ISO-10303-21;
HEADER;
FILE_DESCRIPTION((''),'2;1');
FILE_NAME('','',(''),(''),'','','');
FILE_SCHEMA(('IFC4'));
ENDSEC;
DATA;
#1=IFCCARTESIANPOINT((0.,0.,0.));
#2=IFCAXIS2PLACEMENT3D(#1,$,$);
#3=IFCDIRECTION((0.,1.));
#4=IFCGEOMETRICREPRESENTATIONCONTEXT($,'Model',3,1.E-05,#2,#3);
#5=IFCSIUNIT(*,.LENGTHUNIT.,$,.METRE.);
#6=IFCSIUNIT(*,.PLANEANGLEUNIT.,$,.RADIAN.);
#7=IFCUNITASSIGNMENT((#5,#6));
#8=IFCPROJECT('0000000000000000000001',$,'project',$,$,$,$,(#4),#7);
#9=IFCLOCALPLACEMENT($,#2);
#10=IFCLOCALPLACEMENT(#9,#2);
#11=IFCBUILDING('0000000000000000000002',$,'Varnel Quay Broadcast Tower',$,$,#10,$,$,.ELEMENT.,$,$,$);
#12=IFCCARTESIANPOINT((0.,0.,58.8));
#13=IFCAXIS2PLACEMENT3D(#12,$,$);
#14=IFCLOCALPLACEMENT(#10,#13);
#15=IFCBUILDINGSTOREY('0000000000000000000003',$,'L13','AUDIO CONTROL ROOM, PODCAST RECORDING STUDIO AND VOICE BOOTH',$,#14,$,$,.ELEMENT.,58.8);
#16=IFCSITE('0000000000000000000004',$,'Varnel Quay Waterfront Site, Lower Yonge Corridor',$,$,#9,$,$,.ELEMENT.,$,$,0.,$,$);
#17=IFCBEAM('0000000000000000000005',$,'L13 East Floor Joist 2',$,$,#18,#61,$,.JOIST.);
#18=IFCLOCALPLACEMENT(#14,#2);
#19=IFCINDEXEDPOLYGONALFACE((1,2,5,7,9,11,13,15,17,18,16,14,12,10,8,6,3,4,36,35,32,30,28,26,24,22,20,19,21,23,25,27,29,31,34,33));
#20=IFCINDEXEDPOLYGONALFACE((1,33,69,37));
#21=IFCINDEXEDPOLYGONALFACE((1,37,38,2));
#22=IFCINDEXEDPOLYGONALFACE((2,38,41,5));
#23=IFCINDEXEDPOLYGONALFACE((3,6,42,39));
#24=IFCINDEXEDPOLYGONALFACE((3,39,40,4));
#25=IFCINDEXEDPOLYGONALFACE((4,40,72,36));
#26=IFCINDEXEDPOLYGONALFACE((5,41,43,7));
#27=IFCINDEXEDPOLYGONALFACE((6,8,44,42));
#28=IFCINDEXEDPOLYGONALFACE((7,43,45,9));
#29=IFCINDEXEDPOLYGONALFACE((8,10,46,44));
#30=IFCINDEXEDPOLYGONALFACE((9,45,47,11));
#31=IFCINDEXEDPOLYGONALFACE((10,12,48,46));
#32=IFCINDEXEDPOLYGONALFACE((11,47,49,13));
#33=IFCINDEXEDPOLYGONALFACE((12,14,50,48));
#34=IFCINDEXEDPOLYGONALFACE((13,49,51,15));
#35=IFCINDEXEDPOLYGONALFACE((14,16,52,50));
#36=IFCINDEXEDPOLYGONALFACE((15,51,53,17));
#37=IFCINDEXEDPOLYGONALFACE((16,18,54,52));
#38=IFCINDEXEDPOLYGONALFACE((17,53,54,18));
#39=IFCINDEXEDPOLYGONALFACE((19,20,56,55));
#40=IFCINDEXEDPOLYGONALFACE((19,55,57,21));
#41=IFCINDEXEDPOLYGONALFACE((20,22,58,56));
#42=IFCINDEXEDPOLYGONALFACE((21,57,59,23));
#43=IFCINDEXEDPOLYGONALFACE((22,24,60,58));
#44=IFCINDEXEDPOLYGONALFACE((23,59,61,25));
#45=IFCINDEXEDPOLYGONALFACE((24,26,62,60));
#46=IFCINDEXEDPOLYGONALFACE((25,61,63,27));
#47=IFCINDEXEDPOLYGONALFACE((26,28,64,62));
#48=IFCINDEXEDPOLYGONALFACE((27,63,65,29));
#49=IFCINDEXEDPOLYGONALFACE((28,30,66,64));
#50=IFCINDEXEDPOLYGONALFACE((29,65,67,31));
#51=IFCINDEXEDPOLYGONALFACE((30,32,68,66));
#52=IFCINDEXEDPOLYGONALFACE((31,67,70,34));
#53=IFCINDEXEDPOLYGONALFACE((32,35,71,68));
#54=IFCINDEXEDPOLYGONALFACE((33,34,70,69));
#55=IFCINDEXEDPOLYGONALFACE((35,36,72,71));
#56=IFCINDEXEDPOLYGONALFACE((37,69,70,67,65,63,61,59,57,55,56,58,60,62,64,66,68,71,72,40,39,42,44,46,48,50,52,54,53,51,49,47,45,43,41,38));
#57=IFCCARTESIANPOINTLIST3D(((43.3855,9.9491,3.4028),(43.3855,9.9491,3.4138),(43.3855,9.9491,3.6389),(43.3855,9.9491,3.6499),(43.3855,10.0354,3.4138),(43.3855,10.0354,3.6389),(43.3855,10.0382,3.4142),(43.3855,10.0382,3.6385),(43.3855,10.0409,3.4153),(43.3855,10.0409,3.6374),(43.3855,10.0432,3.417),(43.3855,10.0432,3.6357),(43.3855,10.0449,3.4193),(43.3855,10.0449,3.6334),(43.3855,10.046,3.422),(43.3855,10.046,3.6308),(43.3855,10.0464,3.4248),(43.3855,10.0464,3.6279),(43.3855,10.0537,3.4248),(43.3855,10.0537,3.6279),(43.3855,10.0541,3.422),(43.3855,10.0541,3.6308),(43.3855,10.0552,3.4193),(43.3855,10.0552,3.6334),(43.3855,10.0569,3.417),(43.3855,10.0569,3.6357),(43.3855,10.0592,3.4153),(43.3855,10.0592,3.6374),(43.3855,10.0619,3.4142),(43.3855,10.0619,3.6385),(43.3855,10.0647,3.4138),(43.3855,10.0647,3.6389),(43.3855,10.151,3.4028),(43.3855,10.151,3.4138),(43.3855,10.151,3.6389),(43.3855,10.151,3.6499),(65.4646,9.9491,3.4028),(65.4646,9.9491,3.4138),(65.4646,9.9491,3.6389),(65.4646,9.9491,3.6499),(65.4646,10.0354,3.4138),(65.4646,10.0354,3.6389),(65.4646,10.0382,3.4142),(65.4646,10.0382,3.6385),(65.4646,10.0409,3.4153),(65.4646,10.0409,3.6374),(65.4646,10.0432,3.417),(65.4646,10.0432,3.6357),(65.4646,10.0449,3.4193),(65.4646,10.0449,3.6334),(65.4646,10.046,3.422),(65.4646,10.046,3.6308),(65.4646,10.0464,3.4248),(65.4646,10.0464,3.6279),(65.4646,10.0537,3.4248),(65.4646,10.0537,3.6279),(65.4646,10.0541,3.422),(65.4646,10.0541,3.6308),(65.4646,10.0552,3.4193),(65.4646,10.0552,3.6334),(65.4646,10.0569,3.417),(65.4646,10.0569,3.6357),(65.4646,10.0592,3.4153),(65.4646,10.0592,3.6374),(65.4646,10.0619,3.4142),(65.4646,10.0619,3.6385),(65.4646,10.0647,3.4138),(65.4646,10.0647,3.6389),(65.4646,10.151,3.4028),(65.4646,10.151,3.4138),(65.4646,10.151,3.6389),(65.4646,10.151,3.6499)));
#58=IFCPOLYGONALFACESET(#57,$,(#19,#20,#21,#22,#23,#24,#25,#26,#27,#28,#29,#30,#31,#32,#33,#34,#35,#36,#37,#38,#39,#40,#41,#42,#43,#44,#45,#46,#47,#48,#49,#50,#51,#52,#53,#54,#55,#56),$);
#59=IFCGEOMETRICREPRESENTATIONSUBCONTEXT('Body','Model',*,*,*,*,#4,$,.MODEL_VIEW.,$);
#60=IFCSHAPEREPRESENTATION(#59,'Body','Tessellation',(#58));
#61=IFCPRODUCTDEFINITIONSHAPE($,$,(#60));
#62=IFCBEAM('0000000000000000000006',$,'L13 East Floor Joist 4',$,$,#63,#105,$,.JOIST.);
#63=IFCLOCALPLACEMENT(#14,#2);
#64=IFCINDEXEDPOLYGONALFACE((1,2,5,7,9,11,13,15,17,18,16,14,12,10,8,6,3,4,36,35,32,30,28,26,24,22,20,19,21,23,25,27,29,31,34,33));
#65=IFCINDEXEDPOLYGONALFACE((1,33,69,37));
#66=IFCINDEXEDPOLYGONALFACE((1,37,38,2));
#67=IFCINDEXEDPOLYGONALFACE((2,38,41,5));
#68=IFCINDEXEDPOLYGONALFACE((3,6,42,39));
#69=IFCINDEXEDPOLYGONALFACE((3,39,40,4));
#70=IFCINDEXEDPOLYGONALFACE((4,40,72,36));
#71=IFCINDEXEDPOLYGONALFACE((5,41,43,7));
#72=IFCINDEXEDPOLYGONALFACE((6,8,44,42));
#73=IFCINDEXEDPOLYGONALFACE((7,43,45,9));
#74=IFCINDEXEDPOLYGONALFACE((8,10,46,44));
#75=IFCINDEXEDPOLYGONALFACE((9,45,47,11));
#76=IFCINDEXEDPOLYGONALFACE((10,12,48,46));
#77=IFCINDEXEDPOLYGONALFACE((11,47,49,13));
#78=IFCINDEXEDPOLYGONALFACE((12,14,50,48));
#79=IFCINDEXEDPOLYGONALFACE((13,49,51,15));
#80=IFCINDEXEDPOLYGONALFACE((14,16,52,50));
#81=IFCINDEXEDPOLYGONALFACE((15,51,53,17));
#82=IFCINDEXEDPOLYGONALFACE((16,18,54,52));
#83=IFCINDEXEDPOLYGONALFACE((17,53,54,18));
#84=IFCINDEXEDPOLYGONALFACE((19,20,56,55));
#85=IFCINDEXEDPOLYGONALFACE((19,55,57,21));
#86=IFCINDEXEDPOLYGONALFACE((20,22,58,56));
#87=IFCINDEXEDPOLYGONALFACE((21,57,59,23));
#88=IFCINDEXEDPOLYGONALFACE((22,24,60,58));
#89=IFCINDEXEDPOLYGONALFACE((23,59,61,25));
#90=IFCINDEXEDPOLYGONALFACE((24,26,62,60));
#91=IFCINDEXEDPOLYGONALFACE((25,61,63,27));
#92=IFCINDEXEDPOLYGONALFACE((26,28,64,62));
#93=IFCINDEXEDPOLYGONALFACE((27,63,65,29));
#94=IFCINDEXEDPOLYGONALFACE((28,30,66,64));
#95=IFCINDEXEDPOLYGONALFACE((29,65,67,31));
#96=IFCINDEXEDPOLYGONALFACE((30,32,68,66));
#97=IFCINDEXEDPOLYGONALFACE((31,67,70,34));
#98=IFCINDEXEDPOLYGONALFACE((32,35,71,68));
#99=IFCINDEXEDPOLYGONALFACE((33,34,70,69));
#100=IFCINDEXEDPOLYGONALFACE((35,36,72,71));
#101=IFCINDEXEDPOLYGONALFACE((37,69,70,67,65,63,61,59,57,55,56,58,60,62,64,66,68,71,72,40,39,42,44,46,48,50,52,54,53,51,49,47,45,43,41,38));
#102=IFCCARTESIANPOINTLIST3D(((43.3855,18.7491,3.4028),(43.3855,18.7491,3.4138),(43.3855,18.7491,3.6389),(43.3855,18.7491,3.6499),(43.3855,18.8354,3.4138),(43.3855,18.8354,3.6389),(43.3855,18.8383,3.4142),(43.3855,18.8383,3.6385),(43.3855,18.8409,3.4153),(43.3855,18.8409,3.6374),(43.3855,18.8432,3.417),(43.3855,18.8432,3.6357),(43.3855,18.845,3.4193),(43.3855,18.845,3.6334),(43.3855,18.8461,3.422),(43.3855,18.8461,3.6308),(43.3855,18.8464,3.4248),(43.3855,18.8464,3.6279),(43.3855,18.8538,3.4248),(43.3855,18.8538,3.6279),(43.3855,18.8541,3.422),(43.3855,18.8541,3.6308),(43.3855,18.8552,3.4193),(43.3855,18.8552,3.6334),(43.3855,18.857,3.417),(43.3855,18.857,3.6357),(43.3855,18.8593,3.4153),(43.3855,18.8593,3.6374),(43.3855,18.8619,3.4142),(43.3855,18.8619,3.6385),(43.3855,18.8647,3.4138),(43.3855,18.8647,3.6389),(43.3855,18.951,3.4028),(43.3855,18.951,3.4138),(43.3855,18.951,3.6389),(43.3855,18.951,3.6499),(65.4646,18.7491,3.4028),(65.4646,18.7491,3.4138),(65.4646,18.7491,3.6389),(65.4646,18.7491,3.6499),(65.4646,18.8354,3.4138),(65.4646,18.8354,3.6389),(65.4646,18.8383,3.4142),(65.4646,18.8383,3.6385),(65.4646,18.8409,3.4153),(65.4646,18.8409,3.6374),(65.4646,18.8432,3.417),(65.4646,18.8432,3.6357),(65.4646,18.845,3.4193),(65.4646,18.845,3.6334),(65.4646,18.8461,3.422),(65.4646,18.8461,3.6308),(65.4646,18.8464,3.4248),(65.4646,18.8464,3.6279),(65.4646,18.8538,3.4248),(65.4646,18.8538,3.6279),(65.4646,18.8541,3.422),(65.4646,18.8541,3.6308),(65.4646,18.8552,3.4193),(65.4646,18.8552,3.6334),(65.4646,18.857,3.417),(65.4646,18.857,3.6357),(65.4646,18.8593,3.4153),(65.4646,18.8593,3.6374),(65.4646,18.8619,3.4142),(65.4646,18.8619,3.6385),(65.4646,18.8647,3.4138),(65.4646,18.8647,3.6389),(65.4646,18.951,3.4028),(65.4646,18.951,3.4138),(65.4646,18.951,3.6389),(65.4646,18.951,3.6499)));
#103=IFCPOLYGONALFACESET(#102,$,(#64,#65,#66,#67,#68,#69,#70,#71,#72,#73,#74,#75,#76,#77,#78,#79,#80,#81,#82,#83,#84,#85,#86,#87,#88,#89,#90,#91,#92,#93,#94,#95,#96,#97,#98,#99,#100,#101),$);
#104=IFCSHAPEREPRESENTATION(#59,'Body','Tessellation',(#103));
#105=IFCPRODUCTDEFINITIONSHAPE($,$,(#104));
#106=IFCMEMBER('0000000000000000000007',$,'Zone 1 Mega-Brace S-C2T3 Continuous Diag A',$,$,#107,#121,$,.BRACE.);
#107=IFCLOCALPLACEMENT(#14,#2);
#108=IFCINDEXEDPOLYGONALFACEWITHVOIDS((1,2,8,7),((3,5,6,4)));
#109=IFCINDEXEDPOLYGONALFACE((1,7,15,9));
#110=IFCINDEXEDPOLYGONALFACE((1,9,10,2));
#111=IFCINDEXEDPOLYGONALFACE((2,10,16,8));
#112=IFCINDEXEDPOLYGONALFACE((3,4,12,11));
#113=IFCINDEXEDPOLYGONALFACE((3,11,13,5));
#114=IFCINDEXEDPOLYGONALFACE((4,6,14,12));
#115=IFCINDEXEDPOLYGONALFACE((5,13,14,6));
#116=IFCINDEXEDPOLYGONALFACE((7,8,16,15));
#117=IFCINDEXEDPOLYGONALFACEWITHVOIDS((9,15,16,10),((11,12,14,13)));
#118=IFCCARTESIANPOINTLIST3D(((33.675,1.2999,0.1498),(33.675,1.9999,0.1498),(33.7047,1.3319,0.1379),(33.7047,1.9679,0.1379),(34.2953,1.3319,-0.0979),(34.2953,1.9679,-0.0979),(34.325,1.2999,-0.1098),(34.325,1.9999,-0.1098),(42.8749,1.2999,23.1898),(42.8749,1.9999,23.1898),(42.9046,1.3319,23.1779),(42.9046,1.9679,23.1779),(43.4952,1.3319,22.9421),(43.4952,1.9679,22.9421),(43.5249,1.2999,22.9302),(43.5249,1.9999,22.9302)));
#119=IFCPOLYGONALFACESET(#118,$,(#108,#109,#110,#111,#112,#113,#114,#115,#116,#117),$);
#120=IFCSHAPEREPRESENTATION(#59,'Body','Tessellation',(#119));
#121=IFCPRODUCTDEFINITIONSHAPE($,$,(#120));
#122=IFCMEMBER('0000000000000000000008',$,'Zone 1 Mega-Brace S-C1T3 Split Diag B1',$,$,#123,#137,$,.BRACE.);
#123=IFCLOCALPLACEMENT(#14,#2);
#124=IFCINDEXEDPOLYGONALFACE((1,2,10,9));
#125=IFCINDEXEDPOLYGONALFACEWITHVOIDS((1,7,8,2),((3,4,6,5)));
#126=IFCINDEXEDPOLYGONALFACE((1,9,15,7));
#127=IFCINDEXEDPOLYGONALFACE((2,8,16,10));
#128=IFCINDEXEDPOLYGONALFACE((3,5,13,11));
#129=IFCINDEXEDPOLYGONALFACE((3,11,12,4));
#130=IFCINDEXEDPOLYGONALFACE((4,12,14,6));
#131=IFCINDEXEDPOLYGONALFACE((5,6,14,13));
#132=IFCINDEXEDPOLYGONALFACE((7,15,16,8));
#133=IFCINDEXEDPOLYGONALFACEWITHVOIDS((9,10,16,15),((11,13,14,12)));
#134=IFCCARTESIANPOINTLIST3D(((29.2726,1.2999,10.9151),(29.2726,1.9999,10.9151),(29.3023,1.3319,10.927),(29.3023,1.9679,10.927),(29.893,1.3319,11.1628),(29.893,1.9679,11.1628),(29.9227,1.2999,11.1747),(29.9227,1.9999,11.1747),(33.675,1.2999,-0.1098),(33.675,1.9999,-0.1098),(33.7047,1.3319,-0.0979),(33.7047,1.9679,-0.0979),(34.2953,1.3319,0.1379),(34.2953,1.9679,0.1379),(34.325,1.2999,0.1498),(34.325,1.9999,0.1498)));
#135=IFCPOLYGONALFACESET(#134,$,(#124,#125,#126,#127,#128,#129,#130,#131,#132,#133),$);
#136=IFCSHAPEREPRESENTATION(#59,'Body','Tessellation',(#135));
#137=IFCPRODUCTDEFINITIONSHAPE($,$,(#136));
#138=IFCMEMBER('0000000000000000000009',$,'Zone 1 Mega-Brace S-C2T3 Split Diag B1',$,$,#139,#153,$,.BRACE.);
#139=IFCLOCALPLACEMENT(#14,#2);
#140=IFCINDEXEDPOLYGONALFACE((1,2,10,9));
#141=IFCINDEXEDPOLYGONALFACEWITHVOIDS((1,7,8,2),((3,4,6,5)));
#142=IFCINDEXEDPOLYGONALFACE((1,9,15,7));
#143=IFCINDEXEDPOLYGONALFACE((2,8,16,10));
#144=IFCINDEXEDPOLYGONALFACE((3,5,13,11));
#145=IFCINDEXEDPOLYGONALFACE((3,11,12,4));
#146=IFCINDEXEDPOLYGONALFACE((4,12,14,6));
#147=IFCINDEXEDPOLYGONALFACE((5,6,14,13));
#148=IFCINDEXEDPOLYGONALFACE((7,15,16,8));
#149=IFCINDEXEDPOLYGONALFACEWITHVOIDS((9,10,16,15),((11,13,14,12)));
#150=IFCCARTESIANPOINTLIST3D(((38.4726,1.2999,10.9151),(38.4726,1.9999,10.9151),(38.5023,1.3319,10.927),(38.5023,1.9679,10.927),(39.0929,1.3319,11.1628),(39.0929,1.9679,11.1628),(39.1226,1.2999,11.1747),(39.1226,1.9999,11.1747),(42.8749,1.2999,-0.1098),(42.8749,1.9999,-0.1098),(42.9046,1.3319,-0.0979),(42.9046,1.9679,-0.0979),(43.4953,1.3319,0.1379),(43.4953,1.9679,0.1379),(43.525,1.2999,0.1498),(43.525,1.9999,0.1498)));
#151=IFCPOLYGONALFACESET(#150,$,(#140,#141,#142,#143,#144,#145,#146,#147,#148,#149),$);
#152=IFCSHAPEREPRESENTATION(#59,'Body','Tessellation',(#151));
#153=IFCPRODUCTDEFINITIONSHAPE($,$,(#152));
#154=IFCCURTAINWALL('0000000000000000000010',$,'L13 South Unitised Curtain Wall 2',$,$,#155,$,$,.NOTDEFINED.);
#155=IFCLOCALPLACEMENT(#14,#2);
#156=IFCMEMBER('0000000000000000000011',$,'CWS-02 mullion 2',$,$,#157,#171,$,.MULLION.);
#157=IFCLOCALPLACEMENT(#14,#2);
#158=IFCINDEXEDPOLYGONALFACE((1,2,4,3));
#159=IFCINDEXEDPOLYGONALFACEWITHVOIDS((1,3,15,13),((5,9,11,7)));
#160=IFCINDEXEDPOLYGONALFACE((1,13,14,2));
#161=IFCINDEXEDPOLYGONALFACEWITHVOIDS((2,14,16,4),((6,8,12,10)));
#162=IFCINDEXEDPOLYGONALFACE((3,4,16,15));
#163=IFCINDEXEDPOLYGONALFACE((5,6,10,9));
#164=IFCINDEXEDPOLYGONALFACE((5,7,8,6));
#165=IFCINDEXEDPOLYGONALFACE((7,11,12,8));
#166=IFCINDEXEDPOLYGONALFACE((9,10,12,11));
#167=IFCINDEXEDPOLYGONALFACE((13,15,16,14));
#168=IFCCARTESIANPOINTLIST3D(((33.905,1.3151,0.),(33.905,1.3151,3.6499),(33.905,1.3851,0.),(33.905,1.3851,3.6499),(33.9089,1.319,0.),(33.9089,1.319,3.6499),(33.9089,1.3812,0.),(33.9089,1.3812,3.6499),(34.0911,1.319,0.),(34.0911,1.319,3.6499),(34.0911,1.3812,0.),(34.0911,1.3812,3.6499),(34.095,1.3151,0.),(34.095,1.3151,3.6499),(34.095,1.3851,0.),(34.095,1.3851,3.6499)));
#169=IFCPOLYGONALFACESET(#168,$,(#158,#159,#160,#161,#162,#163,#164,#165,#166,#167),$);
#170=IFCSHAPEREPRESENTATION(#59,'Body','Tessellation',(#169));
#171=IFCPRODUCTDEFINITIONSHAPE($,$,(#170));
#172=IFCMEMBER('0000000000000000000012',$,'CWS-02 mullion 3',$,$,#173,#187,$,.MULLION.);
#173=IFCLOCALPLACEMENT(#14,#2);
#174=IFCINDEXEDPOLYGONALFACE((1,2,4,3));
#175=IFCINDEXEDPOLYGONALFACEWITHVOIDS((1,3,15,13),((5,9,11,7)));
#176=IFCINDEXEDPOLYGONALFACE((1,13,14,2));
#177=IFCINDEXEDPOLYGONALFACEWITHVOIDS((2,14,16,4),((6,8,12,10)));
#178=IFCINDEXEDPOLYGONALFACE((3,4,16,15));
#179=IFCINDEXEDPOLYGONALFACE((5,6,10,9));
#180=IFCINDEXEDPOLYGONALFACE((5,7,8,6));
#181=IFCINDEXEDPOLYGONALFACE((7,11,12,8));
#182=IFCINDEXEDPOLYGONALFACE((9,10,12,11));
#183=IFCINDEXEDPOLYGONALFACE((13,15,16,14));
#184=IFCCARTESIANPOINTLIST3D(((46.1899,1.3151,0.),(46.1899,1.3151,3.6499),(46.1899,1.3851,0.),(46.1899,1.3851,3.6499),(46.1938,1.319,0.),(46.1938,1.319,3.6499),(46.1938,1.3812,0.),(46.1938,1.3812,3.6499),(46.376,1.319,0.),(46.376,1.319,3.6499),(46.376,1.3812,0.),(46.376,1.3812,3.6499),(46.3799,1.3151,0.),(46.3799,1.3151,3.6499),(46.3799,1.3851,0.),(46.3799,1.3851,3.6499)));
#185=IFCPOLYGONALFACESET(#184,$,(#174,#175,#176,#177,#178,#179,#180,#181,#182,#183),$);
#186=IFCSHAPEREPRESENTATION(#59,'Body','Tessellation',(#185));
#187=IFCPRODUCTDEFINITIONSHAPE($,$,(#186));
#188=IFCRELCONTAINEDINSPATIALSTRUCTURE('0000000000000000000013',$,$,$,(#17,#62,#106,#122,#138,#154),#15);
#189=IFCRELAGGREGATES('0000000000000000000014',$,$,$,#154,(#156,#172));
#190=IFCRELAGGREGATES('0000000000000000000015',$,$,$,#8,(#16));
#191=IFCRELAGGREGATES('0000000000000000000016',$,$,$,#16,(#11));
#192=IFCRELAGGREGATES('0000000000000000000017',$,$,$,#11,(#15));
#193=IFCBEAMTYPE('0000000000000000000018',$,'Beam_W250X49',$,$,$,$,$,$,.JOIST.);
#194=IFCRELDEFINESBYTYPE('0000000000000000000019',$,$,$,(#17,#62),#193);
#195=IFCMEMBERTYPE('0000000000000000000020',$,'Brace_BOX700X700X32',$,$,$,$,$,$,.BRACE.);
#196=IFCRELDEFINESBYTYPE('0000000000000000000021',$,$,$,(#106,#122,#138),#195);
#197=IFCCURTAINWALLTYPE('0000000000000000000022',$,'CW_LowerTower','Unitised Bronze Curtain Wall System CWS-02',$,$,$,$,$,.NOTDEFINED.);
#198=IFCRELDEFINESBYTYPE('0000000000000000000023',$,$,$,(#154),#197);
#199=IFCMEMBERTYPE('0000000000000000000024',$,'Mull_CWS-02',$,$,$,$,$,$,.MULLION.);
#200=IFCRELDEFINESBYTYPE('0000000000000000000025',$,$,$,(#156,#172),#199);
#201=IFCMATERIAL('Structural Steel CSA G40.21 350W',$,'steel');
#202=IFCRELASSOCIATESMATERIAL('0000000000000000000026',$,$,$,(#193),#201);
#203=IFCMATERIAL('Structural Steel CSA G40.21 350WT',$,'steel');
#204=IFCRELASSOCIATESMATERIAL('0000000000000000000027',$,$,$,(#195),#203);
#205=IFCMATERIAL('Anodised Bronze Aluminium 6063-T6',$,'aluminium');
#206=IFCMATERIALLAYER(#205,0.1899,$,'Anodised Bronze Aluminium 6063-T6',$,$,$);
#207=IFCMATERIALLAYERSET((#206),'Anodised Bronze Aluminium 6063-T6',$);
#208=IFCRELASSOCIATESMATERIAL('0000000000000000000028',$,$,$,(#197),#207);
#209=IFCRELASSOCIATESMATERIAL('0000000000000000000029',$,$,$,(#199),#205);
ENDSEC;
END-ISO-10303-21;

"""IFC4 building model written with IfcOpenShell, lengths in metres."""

from ifc_helpers import new_model, si_unit, direction, frame, origin, origin_2d, place, context, subcontext, project, spatial, hollow_rectangle, i_section, extrude, source, transform, mapped, material, layer, layer_set, material_profile, profile_set, type_object, type_shapes, element, aggregate, save


model = new_model("IFC4")

# Units and contexts
model_context = context("Model", 3, precision=1e-05, world=origin(), true_north=direction((0.0, 1.0)))
body_context = subcontext(model_context, "Body", "Model", "MODEL_VIEW")
ifc_project = project(units=[si_unit("LENGTHUNIT", "METRE"), si_unit("PLANEANGLEUNIT", "RADIAN")], contexts=[model_context])

# Site, building, storey
site_placement = place(None, origin())
site = spatial("IfcSite", under=ifc_project, at=site_placement, Name="Varnel Quay Waterfront Site, Lower Yonge Corridor", CompositionType="ELEMENT", RefElevation=0.0)
building_placement = place(site_placement, origin())
building = spatial("IfcBuilding", under=site, at=building_placement, Name="Varnel Quay Broadcast Tower", CompositionType="ELEMENT")
storey_placement = place(building_placement, frame((0.0, 0.0, 58.8)))
storey = spatial("IfcBuildingStorey", under=building, at=storey_placement, Name="L13", Description="AUDIO CONTROL ROOM, PODCAST RECORDING STUDIO AND VOICE BOOTH", CompositionType="ELEMENT", Elevation=58.8)

# Shared definitions
ifc_material_1 = material(Name="Structural Steel CSA G40.21 350W", Category="steel")

# Beams
ifc_material_profile_1 = material_profile(ifc_material_1, i_section(OverallWidth=0.2019, OverallDepth=0.2471, WebThickness=0.0073, FlangeThickness=0.011, FilletRadius=0.011, at=origin_2d()), Name="W250X49")
ifc_profile_set_1 = profile_set([ifc_material_profile_1], Name="Structural Steel CSA G40.21 350W")
beam_type_1 = type_object("IfcBeamType", Name="Beam_W250X49", PredefinedType="JOIST", material=ifc_profile_set_1)
shared_shape_1 = source(origin(), body_context, "Body", "SweptSolid", [
    extrude(i_section(OverallWidth=0.2019, OverallDepth=0.2471, WebThickness=0.0073, FlangeThickness=0.011, FilletRadius=0.011, at=origin_2d()), origin(), (0.0, 0.0, 1.0), 22.0791),
])
type_shapes(beam_type_1, [shared_shape_1])
for number, where, z_axis, x_axis, name in (
    (1, (43.3855, 10.05, 3.5264), (1.0, 0.0, 0.0), (0.0, 1.0, 0.0), "L13 East Floor Joist 2"),
    (2, (43.3855, 18.8501, 3.5264), (1.0, 0.0, 0.0), (0.0, 1.0, 0.0), "L13 East Floor Joist 4"),
):
    element("IfcBeam", number, at=place(storey_placement, frame(where, z_axis=z_axis, x_axis=x_axis)), inside=storey, type_object=beam_type_1, Name=name, PredefinedType="JOIST", context=body_context, shape_type="MappedRepresentation", body=[
        mapped(shared_shape_1, transform((0.0, 0.0, 0.0), x_axis=(1.0, 0.0, 0.0), y_axis=(0.0, 1.0, 0.0), z_axis=(0.0, 0.0, 1.0), scale=1.0)),
    ])

# Members
ifc_material_2 = material(Name="Structural Steel CSA G40.21 350WT", Category="steel")
ifc_material_profile_2 = material_profile(ifc_material_2, hollow_rectangle(XDim=0.7, YDim=0.7, WallThickness=0.032, at=origin_2d()), Name="BOX700X700X32")
ifc_profile_set_2 = profile_set([ifc_material_profile_2], Name="Structural Steel CSA G40.21 350WT")
member_type_1 = type_object("IfcMemberType", Name="Brace_BOX700X700X32", PredefinedType="BRACE", material=ifc_profile_set_2)
shared_shape_2 = source(origin(), body_context, "Body", "SweptSolid", [
    extrude(hollow_rectangle(XDim=0.7, YDim=0.7, WallThickness=0.032, at=origin_2d()), origin(), (0.0, 0.0, 1.0), 24.8088),
])
member_1_placement = place(storey_placement, frame((34.0, 1.6499, 0.02), z_axis=(0.370832, 0.0, 0.9287), x_axis=(0.0, 1.0, 0.0)))
element("IfcMember", 3, at=member_1_placement, inside=storey, type_object=member_type_1, Name="Zone 1 Mega-Brace S-C2T3 Continuous Diag A", PredefinedType="BRACE", context=body_context, shape_type="MappedRepresentation", body=[
    mapped(shared_shape_2, transform((0.0, 0.0, 0.0), x_axis=(1.0, 0.0, 0.0), y_axis=(0.0, 1.0, 0.0), z_axis=(0.0, 0.0, 1.0), scale=1.0)),
])
shared_shape_3 = source(origin(), body_context, "Body", "SweptSolid", [
    extrude(hollow_rectangle(XDim=0.7, YDim=0.7, WallThickness=0.032, at=origin_2d()), origin(), (0.0, 0.0, 1.0), 11.8713),
])
type_shapes(member_type_1, [shared_shape_2, shared_shape_3])
for number, where, z_axis, x_axis, name in (
    (4, (34.0, 1.6499, 0.02), (-0.370837, 0.0, 0.928698), (0.0, -1.0, 0.0), "Zone 1 Mega-Brace S-C1T3 Split Diag B1"),
    (5, (43.2, 1.6499, 0.02), (-0.370837, 0.0, 0.928698), (0.0, -1.0, 0.0), "Zone 1 Mega-Brace S-C2T3 Split Diag B1"),
):
    element("IfcMember", number, at=place(storey_placement, frame(where, z_axis=z_axis, x_axis=x_axis)), inside=storey, type_object=member_type_1, Name=name, PredefinedType="BRACE", context=body_context, shape_type="MappedRepresentation", body=[
        mapped(shared_shape_3, transform((0.0, 0.0, 0.0), x_axis=(1.0, 0.0, 0.0), y_axis=(0.0, 1.0, 0.0), z_axis=(0.0, 0.0, 1.0), scale=1.0)),
    ])

# Curtain wall, members
ifc_material_3 = material(Name="Anodised Bronze Aluminium 6063-T6", Category="aluminium")
ifc_layer_1 = layer(ifc_material_3, 0.1899, Name="Anodised Bronze Aluminium 6063-T6")
ifc_layer_set_1 = layer_set([ifc_layer_1], Name="Anodised Bronze Aluminium 6063-T6")
curtain_wall_type = type_object("IfcCurtainWallType", Name="CW_LowerTower", Description="Unitised Bronze Curtain Wall System CWS-02", PredefinedType="NOTDEFINED", material=ifc_layer_set_1)
curtain_wall_placement = place(storey_placement, origin())
curtain_wall = element("IfcCurtainWall", 6, at=curtain_wall_placement, inside=storey, type_object=curtain_wall_type, Name="L13 South Unitised Curtain Wall 2", PredefinedType="NOTDEFINED")
ifc_material_profile_3 = material_profile(ifc_material_3, hollow_rectangle(XDim=0.0701, YDim=0.1899, WallThickness=0.0039, at=origin_2d()), Name="ALU70X190X4")
ifc_profile_set_3 = profile_set([ifc_material_profile_3], Name="Anodised Bronze Aluminium 6063-T6")
member_type_2 = type_object("IfcMemberType", Name="Mull_CWS-02", PredefinedType="MULLION", material=ifc_profile_set_3)
shared_shape_4 = source(origin(), body_context, "Body", "SweptSolid", [
    extrude(hollow_rectangle(XDim=0.0701, YDim=0.1899, WallThickness=0.0039, at=origin_2d()), origin(), (0.0, 0.0, 1.0), 3.6499),
])
type_shapes(member_type_2, [shared_shape_4])
member_2_placement = place(storey_placement, frame((34.0, 1.3501, 0.0), z_axis=(0.0, 0.0, 1.0), x_axis=(0.0, 1.0, 0.0)))
member_2 = element("IfcMember", 7, at=member_2_placement, type_object=member_type_2, Name="CWS-02 mullion 2", PredefinedType="MULLION", context=body_context, shape_type="MappedRepresentation", body=[
    mapped(shared_shape_4, transform((0.0, 0.0, 0.0), x_axis=(1.0, 0.0, 0.0), y_axis=(0.0, 1.0, 0.0), z_axis=(0.0, 0.0, 1.0), scale=1.0)),
])
member_3_placement = place(storey_placement, frame((46.2849, 1.3501, 0.0), z_axis=(0.0, 0.0, 1.0), x_axis=(0.0, 1.0, 0.0)))
member_3 = element("IfcMember", 8, at=member_3_placement, type_object=member_type_2, Name="CWS-02 mullion 3", PredefinedType="MULLION", context=body_context, shape_type="MappedRepresentation", body=[
    mapped(shared_shape_4, transform((0.0, 0.0, 0.0), x_axis=(1.0, 0.0, 0.0), y_axis=(0.0, 1.0, 0.0), z_axis=(0.0, 0.0, 1.0), scale=1.0)),
])

aggregate(curtain_wall, [member_2, member_3])

save(model, "model.ifc")
